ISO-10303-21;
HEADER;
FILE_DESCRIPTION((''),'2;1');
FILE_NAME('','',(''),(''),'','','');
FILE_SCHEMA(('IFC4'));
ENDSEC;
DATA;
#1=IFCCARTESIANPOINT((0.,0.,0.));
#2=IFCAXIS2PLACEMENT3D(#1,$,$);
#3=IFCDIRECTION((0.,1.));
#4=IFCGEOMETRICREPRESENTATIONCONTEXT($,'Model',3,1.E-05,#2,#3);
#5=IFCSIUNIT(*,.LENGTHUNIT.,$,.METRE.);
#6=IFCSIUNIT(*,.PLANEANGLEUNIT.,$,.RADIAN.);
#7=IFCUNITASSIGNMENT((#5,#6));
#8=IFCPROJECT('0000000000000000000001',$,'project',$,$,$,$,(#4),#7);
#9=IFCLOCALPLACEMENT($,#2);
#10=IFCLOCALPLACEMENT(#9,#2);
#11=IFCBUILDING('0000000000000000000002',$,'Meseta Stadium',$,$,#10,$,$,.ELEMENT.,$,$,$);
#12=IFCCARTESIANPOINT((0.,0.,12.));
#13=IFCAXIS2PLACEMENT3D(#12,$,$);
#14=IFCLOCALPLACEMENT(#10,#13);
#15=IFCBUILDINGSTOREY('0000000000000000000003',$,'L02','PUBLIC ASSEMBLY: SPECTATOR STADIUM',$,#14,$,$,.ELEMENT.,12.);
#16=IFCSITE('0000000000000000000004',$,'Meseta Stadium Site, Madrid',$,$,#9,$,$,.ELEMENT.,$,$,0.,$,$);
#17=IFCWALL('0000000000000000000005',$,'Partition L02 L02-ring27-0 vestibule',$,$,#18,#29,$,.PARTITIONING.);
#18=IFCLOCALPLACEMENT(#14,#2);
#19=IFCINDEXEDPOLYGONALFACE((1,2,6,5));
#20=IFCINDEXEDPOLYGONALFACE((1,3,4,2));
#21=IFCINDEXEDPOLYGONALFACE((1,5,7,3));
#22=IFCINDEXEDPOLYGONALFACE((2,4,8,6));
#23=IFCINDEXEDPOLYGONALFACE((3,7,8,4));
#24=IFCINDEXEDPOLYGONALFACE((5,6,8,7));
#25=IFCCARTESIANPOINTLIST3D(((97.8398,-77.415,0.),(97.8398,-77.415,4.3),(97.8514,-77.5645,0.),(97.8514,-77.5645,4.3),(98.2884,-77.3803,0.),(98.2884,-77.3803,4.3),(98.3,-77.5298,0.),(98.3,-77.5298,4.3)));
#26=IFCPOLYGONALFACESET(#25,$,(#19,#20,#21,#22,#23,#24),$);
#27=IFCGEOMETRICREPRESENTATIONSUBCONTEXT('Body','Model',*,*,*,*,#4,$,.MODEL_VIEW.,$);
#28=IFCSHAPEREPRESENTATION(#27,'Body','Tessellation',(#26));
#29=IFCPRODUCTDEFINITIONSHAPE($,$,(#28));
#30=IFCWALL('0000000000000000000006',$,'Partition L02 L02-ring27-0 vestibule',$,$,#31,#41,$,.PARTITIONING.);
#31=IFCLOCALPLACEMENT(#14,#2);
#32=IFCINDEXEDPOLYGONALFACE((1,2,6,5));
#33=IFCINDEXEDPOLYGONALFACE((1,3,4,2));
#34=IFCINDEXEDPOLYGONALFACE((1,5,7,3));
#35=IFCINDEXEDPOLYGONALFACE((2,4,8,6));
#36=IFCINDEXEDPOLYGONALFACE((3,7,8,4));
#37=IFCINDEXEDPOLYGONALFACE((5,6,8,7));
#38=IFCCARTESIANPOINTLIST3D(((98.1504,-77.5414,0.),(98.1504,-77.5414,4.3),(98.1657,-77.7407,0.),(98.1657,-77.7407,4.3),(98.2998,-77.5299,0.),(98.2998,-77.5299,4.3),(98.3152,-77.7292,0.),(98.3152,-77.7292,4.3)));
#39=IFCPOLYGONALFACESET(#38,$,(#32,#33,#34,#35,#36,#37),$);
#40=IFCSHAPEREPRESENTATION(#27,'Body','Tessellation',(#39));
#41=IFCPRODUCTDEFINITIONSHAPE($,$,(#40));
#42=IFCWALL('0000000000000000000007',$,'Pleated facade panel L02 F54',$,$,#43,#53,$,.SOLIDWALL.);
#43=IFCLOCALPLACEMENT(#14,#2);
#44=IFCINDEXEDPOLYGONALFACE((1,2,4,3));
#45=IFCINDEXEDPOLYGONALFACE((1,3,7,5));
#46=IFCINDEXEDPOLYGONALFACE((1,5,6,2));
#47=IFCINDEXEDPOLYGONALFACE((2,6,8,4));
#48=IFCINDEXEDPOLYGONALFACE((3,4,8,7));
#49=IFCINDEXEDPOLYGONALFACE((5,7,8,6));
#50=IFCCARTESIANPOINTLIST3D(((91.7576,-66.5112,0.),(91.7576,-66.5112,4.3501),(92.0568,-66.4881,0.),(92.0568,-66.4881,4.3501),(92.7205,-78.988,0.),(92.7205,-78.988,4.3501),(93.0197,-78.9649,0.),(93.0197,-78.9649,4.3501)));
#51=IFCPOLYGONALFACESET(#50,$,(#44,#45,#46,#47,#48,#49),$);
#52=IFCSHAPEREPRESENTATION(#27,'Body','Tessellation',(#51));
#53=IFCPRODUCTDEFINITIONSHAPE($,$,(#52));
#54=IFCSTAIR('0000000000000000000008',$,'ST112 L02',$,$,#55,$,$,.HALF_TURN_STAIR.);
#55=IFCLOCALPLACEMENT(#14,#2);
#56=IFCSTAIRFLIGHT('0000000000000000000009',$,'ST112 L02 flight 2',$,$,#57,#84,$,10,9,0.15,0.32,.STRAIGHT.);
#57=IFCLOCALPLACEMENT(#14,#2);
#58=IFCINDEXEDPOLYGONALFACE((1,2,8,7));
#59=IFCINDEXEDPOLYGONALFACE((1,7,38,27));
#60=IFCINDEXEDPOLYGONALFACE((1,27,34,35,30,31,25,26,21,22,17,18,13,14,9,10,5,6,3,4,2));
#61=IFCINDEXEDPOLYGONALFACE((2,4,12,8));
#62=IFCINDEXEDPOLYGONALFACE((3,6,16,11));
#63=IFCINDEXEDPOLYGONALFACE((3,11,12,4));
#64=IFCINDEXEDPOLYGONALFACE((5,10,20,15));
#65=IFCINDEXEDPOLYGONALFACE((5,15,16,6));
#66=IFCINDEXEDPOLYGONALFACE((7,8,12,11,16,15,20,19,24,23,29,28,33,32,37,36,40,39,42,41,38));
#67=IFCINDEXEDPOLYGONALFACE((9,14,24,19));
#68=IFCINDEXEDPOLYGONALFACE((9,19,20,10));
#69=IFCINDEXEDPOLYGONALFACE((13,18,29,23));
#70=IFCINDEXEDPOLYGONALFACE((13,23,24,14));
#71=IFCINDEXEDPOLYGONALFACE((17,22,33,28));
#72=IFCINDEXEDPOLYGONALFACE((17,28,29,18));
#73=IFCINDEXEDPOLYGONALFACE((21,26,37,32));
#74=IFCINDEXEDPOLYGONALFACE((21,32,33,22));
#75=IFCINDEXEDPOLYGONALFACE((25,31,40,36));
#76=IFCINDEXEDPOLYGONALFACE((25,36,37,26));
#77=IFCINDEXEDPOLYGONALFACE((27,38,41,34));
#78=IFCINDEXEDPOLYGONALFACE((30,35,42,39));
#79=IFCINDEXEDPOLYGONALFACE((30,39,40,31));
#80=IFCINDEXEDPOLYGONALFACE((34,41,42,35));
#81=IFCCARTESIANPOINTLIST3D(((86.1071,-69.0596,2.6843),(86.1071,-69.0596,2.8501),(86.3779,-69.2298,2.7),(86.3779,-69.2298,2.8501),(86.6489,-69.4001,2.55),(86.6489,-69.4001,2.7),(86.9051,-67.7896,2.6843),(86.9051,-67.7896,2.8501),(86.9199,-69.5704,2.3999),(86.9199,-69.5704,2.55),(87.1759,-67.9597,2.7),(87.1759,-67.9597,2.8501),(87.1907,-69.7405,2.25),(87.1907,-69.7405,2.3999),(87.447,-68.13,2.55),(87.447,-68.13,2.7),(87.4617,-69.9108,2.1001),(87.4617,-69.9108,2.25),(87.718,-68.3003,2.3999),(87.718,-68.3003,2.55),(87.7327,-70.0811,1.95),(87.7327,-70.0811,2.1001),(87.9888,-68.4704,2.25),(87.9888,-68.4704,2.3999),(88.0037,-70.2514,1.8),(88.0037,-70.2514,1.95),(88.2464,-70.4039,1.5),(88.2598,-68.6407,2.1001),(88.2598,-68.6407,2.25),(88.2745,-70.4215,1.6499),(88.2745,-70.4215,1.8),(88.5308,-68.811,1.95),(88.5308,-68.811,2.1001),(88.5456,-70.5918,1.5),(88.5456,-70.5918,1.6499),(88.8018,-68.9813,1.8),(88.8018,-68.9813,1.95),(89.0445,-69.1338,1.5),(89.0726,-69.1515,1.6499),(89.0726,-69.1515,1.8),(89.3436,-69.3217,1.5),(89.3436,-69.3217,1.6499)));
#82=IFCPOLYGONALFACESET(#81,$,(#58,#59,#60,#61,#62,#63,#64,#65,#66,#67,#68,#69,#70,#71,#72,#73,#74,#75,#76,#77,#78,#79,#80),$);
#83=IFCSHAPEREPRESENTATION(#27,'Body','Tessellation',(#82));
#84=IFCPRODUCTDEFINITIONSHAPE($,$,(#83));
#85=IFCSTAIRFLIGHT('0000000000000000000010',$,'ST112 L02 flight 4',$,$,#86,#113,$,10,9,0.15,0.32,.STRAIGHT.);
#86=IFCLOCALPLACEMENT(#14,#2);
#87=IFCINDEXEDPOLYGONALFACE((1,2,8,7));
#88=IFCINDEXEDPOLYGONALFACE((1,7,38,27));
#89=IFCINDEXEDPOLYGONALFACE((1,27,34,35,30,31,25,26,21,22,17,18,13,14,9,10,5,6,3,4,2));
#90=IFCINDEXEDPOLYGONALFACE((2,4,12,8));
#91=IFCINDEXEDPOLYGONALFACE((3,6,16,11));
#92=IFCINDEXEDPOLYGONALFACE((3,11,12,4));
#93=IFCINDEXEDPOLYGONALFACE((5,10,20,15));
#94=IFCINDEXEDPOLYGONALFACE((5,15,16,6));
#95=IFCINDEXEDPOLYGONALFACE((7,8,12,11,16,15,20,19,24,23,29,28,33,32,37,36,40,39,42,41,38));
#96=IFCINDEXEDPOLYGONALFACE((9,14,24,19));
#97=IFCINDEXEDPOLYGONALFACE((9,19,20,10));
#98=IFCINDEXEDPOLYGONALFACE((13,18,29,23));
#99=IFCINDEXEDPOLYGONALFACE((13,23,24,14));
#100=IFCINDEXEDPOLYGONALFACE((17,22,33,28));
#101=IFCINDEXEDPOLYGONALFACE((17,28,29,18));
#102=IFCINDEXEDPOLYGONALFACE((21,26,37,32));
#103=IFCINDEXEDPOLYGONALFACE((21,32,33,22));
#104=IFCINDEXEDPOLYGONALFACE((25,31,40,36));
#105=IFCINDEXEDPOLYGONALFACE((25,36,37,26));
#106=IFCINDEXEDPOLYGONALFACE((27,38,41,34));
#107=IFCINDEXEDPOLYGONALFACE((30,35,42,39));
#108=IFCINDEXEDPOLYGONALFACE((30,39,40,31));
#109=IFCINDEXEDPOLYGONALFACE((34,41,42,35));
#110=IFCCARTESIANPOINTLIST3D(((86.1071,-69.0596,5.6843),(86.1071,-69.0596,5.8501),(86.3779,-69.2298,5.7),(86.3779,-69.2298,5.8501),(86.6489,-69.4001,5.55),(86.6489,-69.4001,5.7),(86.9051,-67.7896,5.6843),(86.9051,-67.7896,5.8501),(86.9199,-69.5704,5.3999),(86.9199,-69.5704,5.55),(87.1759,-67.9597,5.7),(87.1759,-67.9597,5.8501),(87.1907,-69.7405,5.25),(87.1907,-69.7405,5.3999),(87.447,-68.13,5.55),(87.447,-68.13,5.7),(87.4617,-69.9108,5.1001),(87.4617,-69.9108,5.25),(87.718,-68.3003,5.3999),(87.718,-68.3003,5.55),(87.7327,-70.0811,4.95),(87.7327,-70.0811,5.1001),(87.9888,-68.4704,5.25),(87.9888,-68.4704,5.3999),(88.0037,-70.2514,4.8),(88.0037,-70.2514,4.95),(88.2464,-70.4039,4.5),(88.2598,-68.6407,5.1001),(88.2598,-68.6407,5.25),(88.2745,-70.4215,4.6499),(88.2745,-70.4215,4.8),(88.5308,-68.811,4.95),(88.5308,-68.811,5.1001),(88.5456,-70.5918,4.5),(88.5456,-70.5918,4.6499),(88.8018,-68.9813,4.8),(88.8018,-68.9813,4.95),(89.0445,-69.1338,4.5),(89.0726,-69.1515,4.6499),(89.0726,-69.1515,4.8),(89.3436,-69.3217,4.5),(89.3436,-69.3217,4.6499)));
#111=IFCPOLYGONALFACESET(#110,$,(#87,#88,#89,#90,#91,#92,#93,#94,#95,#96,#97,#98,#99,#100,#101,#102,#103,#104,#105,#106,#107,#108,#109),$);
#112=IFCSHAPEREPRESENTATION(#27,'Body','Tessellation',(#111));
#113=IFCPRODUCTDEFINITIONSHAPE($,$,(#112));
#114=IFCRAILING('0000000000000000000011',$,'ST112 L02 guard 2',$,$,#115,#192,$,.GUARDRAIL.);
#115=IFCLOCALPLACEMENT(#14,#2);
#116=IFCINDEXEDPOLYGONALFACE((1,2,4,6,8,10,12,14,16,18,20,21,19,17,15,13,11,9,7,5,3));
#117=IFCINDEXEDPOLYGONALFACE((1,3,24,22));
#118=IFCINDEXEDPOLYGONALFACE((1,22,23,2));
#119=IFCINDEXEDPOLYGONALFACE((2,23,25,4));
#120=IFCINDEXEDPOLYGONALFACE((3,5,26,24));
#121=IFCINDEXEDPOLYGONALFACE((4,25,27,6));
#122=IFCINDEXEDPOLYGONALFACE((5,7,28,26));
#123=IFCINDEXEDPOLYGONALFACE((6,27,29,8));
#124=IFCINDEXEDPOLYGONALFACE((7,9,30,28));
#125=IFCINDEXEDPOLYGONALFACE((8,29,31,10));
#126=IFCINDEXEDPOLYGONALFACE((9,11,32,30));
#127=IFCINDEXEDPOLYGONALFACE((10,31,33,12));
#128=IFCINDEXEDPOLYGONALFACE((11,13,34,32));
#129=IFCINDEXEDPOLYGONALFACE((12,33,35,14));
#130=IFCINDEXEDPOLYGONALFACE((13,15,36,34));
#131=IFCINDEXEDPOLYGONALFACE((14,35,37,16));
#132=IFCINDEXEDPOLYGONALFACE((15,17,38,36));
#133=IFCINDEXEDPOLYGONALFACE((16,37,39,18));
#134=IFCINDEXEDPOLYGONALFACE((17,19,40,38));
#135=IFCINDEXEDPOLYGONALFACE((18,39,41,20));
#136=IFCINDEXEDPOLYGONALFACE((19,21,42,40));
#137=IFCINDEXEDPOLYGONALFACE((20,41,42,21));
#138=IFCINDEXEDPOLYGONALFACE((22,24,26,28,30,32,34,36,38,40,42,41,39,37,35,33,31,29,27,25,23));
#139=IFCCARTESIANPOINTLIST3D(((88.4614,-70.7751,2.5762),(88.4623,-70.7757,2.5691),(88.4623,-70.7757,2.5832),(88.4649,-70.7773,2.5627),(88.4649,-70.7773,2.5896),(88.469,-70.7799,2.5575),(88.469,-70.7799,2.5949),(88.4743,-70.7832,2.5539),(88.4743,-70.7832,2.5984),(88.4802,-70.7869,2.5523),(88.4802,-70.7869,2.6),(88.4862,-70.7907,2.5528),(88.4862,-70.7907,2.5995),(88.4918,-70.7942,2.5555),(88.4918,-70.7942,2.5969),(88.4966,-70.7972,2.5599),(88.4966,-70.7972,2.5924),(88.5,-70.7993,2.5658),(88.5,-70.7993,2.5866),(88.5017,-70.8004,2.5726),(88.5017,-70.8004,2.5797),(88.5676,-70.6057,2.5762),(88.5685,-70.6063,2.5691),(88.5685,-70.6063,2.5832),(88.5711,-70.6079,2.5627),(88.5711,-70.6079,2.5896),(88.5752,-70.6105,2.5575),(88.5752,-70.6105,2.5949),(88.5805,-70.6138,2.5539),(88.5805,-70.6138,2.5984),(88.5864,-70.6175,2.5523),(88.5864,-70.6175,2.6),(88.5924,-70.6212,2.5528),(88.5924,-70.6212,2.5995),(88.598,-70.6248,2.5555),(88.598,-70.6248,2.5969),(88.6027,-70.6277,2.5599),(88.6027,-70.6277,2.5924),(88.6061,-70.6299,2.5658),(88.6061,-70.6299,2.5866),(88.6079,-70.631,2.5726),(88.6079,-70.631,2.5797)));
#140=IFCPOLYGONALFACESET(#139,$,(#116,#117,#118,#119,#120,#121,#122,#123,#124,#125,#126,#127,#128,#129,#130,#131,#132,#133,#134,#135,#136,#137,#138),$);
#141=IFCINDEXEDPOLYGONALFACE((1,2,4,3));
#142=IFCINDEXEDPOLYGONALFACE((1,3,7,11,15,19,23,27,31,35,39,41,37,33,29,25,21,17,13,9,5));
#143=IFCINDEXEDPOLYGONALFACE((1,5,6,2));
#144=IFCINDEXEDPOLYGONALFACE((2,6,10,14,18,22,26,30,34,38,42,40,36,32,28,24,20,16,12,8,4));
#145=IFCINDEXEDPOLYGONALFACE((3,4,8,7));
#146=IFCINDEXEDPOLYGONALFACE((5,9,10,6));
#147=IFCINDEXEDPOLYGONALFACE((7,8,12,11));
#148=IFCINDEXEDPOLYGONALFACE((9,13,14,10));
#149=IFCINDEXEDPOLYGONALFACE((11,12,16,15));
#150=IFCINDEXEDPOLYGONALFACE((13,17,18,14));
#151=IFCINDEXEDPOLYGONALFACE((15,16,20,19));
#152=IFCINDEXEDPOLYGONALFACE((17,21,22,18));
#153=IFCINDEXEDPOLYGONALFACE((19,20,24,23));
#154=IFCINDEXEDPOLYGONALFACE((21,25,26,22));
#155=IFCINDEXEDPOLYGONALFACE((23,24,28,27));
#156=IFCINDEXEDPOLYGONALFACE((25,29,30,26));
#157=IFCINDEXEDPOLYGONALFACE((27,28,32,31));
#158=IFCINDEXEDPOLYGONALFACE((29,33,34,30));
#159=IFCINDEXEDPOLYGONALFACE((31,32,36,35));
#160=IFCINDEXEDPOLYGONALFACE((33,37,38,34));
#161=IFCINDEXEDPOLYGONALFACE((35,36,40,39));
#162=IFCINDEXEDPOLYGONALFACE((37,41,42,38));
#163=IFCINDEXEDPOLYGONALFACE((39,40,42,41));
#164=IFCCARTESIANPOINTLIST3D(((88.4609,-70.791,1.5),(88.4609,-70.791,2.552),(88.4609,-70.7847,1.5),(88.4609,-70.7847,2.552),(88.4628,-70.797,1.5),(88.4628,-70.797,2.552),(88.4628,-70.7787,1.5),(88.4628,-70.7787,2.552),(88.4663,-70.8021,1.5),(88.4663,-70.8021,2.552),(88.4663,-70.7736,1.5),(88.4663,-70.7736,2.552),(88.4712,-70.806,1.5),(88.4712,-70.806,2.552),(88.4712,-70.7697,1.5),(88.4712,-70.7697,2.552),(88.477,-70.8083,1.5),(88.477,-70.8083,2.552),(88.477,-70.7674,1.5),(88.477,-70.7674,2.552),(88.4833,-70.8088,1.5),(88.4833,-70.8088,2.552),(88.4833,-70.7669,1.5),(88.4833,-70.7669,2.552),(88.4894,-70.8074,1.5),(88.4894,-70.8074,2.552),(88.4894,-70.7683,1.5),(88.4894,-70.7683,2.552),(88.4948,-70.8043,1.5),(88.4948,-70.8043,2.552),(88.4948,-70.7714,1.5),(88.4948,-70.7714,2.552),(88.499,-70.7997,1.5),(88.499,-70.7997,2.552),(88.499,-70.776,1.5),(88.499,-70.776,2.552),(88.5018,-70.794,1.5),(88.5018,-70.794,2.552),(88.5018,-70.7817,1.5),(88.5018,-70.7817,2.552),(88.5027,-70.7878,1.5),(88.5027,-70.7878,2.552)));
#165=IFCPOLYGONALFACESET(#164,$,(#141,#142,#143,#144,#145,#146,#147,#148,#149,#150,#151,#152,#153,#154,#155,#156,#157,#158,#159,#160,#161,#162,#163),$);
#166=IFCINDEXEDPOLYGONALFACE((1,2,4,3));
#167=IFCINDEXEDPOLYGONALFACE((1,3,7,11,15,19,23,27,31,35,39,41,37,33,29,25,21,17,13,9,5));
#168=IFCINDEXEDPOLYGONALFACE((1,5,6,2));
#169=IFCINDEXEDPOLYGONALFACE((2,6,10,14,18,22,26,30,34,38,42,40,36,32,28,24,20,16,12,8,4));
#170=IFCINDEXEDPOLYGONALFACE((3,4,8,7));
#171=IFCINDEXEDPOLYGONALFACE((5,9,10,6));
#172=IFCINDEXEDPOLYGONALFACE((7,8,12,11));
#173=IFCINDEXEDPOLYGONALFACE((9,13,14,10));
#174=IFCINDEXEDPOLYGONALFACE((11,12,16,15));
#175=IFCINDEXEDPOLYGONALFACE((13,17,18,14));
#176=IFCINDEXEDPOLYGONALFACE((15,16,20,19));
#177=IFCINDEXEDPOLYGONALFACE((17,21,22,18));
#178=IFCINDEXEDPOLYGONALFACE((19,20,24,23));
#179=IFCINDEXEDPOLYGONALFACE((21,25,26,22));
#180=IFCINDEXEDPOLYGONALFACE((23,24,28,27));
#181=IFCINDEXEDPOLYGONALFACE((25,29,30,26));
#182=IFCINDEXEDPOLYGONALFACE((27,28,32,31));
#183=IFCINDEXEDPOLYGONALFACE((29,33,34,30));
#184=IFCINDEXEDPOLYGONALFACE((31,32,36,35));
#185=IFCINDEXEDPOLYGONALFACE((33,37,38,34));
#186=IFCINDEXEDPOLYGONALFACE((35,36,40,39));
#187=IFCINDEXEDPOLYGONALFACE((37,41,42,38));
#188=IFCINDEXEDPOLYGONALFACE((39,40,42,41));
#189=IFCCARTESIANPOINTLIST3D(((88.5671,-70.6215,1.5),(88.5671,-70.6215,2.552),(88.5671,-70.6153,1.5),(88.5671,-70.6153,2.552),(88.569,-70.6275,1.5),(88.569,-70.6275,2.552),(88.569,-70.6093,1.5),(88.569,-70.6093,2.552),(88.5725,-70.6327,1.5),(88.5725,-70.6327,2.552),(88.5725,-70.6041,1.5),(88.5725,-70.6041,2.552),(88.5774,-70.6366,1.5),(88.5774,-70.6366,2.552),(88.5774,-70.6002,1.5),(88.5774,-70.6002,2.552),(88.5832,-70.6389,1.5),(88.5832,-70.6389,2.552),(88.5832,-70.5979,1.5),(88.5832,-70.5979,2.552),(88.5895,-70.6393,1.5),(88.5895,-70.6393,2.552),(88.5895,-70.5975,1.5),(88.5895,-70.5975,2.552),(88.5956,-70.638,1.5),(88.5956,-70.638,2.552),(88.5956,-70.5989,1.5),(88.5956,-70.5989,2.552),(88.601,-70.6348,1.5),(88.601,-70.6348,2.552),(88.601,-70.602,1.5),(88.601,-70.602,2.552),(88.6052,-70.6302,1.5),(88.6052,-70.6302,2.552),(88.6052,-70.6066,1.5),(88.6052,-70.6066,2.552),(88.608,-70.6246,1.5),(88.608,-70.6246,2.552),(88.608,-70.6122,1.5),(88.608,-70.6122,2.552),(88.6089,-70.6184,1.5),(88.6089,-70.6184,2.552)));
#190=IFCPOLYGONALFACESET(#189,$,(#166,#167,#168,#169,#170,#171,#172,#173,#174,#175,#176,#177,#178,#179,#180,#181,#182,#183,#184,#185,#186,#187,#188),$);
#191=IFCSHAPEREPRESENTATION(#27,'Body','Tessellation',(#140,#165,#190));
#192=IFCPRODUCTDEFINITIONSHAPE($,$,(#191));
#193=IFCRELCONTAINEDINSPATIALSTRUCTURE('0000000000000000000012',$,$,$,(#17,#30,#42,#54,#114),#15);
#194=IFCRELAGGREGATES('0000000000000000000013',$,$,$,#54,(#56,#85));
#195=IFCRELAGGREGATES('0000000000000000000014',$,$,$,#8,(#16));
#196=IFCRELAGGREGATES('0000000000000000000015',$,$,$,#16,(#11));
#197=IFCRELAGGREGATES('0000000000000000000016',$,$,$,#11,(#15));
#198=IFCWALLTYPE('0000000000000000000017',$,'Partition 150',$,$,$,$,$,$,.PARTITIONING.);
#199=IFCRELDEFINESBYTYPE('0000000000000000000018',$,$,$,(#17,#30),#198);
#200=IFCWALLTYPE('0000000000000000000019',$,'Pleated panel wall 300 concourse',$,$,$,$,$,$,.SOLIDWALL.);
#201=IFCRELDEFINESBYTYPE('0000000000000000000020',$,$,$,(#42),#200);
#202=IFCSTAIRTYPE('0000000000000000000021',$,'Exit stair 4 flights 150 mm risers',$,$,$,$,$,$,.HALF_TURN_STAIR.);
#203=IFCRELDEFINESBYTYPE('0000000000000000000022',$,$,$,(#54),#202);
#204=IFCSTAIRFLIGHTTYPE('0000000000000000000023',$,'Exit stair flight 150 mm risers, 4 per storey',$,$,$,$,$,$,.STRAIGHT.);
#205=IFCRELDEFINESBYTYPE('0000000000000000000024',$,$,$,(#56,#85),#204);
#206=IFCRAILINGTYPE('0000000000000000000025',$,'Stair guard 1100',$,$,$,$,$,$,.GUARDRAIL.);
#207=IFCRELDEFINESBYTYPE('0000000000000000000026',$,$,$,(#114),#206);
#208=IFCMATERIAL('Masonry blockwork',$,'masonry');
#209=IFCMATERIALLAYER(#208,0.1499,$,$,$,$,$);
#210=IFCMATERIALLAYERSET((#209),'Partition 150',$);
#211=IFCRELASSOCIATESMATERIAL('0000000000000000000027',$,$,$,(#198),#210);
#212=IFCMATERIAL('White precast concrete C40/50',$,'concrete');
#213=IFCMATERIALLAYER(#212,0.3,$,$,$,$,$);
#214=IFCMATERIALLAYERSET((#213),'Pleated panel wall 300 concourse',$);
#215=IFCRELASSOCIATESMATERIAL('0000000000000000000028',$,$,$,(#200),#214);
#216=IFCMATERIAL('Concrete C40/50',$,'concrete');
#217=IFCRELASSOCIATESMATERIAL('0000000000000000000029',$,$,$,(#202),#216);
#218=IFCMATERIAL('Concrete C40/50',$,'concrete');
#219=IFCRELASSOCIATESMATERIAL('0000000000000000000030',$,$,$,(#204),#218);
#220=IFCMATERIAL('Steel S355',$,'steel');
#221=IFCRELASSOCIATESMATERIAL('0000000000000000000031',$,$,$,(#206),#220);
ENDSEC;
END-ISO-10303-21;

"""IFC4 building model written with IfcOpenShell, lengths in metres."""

from ifc_helpers import new_model, si_unit, direction, frame, frame_2d, origin, origin_2d, place, context, subcontext, project, spatial, polyline, rectangle, circle, outline, extrude, material, layer, layer_set, type_object, element, aggregate, save


model = new_model("IFC4")

# Units and contexts
model_context = context("Model", 3, precision=1e-05, world=origin(), true_north=direction((0.0, 1.0)))
body_context = subcontext(model_context, "Body", "Model", "MODEL_VIEW")
ifc_project = project(units=[si_unit("LENGTHUNIT", "METRE"), si_unit("PLANEANGLEUNIT", "RADIAN")], contexts=[model_context])

# Site, building, storey
site_placement = place(None, origin())
site = spatial("IfcSite", under=ifc_project, at=site_placement, Name="Meseta Stadium Site, Madrid", CompositionType="ELEMENT", RefElevation=0.0)
building_placement = place(site_placement, origin())
building = spatial("IfcBuilding", under=site, at=building_placement, Name="Meseta Stadium", CompositionType="ELEMENT")
storey_placement = place(building_placement, frame((0.0, 0.0, 12.0)))
storey = spatial("IfcBuildingStorey", under=building, at=storey_placement, Name="L02", Description="PUBLIC ASSEMBLY: SPECTATOR STADIUM", CompositionType="ELEMENT", Elevation=12.0)

# Walls
ifc_material_1 = material(Name="Masonry blockwork", Category="masonry")
ifc_layer_1 = layer(ifc_material_1, 0.1499)
ifc_layer_set_1 = layer_set([ifc_layer_1], Name="Partition 150")
wall_type_1 = type_object("IfcWallType", Name="Partition 150", PredefinedType="PARTITIONING", material=ifc_layer_set_1)
wall_1_placement = place(storey_placement, frame((97.8455, -77.4897, 0.0), z_axis=(0.0, 0.0, 1.0), x_axis=(0.997029, 0.077028, 0.0)))
element("IfcWall", 1, at=wall_1_placement, inside=storey, type_object=wall_type_1, Name="Partition L02 L02-ring27-0 vestibule", PredefinedType="PARTITIONING", context=body_context, shape_type="SweptSolid", body=[
    extrude(rectangle(XDim=0.45, YDim=0.1499, at=frame_2d((0.2251, 0.0))), origin(), (0.0, 0.0, 1.0), 4.3),
])
wall_2_placement = place(storey_placement, frame((98.2405, -77.7351, 0.0), z_axis=(0.0, 0.0, 1.0), x_axis=(-0.076883, 0.99704, 0.0)))
element("IfcWall", 2, at=wall_2_placement, inside=storey, type_object=wall_type_1, Name="Partition L02 L02-ring27-0 vestibule", PredefinedType="PARTITIONING", context=body_context, shape_type="SweptSolid", body=[
    extrude(rectangle(XDim=0.2, YDim=0.1499, at=frame_2d((0.1001, 0.0))), origin(), (0.0, 0.0, 1.0), 4.3),
])
ifc_material_2 = material(Name="White precast concrete C40/50", Category="concrete")
ifc_layer_2 = layer(ifc_material_2, 0.3)
ifc_layer_set_2 = layer_set([ifc_layer_2], Name="Pleated panel wall 300 concourse")
wall_type_2 = type_object("IfcWallType", Name="Pleated panel wall 300 concourse", PredefinedType="SOLIDWALL", material=ifc_layer_set_2)
wall_3_placement = place(storey_placement, frame((91.9072, -66.4998, 0.0), z_axis=(0.0, 0.0, 1.0), x_axis=(0.076946, -0.997035, 0.0)))
element("IfcWall", 3, at=wall_3_placement, inside=storey, type_object=wall_type_2, Name="Pleated facade panel L02 F54", PredefinedType="SOLIDWALL", context=body_context, shape_type="SweptSolid", body=[
    extrude(rectangle(XDim=12.5139, YDim=0.3, at=frame_2d((6.2568, 0.0))), origin(), (0.0, 0.0, 1.0), 4.3501),
])

# Stair, stair flights
ifc_material_3 = material(Name="Concrete C40/50", Category="concrete")
stair_type = type_object("IfcStairType", Name="Exit stair 4 flights 150 mm risers", PredefinedType="HALF_TURN_STAIR", material=ifc_material_3)
stair_placement = place(storey_placement, origin())
stair = element("IfcStair", 4, at=stair_placement, inside=storey, type_object=stair_type, Name="ST112 L02", PredefinedType="HALF_TURN_STAIR")
ifc_material_4 = material(Name="Concrete C40/50", Category="concrete")
stair_flight_type = type_object("IfcStairFlightType", Name="Exit stair flight 150 mm risers, 4 per storey", PredefinedType="STRAIGHT", material=ifc_material_4)
stair_flight_1_placement = place(storey_placement, frame((88.9446, -69.9568, 1.5), z_axis=(0.0, 0.0, 1.0), x_axis=(-0.846724, 0.532032, 0.0)))
stair_flight_1 = element("IfcStairFlight", 5, at=stair_flight_1_placement, type_object=stair_flight_type, Name="ST112 L02 flight 2", NumberOfRisers=10, NumberOfTreads=9, PredefinedType="STRAIGHT", RiserHeight=0.15, TreadLength=0.32, context=body_context, shape_type="SweptSolid", body=[
    extrude(outline(polyline([(0.0, 0.0), (0.0, 0.1499), (0.3201, 0.1499), (0.3201, 0.3), (0.6399, 0.3), (0.6399, 0.45), (0.96, 0.45), (0.96, 0.6001), (1.28, 0.6001), (1.28, 0.75), (1.6001, 0.75), (1.6001, 0.8999), (1.9199, 0.8999), (1.9199, 1.05), (2.24, 1.05), (2.24, 1.2), (2.5601, 1.2), (2.5601, 1.3501), (2.8799, 1.3501), (2.8799, 1.1843), (0.3533, 0.0), (0.0, 0.0)])), frame((0.0, 0.75, 0.0), z_axis=(0.0, -1.0, 0.0), x_axis=(1.0, 0.0, 0.0)), (0.0, 0.0, 1.0), 1.5),
])
stair_flight_2_placement = place(storey_placement, frame((88.9446, -69.9568, 4.5), z_axis=(0.0, 0.0, 1.0), x_axis=(-0.846724, 0.532032, 0.0)))
stair_flight_2 = element("IfcStairFlight", 6, at=stair_flight_2_placement, type_object=stair_flight_type, Name="ST112 L02 flight 4", NumberOfRisers=10, NumberOfTreads=9, PredefinedType="STRAIGHT", RiserHeight=0.15, TreadLength=0.32, context=body_context, shape_type="SweptSolid", body=[
    extrude(outline(polyline([(0.0, 0.0), (0.0, 0.1499), (0.3201, 0.1499), (0.3201, 0.3), (0.6399, 0.3), (0.6399, 0.45), (0.96, 0.45), (0.96, 0.6001), (1.28, 0.6001), (1.28, 0.75), (1.6001, 0.75), (1.6001, 0.8999), (1.9199, 0.8999), (1.9199, 1.05), (2.24, 1.05), (2.24, 1.2), (2.5601, 1.2), (2.5601, 1.3501), (2.8799, 1.3501), (2.8799, 1.1843), (0.3533, 0.0), (0.0, 0.0)])), frame((0.0, 0.75, 0.0), z_axis=(0.0, -1.0, 0.0), x_axis=(1.0, 0.0, 0.0)), (0.0, 0.0, 1.0), 1.5),
])
aggregate(stair, [stair_flight_1, stair_flight_2])

# Railing
ifc_material_5 = material(Name="Steel S355", Category="steel")
railing_type_1 = type_object("IfcRailingType", Name="Stair guard 1100", PredefinedType="GUARDRAIL", material=ifc_material_5)
railing_1_placement = place(storey_placement, frame((88.4817, -70.7878, 1.5)))
element("IfcRailing", 7, at=railing_1_placement, inside=storey, type_object=railing_type_1, Name="ST112 L02 guard 2", PredefinedType="GUARDRAIL", context=body_context, shape_type="SweptSolid", body=[
    extrude(circle(Radius=0.0239, at=origin_2d()), frame((0.0, 0.0, 1.0762), z_axis=(0.531096, 0.847312, 0.0), x_axis=(-0.847312, 0.531096, 0.0)), (0.0, 0.0, 1.0), 0.2),
    extrude(circle(Radius=0.021, at=origin_2d()), origin(), (0.0, 0.0, 1.0), 1.052),
    extrude(circle(Radius=0.021, at=origin_2d()), frame((0.1062, 0.1694, 0.0)), (0.0, 0.0, 1.0), 1.052),
])

save(model, "model.ifc")
